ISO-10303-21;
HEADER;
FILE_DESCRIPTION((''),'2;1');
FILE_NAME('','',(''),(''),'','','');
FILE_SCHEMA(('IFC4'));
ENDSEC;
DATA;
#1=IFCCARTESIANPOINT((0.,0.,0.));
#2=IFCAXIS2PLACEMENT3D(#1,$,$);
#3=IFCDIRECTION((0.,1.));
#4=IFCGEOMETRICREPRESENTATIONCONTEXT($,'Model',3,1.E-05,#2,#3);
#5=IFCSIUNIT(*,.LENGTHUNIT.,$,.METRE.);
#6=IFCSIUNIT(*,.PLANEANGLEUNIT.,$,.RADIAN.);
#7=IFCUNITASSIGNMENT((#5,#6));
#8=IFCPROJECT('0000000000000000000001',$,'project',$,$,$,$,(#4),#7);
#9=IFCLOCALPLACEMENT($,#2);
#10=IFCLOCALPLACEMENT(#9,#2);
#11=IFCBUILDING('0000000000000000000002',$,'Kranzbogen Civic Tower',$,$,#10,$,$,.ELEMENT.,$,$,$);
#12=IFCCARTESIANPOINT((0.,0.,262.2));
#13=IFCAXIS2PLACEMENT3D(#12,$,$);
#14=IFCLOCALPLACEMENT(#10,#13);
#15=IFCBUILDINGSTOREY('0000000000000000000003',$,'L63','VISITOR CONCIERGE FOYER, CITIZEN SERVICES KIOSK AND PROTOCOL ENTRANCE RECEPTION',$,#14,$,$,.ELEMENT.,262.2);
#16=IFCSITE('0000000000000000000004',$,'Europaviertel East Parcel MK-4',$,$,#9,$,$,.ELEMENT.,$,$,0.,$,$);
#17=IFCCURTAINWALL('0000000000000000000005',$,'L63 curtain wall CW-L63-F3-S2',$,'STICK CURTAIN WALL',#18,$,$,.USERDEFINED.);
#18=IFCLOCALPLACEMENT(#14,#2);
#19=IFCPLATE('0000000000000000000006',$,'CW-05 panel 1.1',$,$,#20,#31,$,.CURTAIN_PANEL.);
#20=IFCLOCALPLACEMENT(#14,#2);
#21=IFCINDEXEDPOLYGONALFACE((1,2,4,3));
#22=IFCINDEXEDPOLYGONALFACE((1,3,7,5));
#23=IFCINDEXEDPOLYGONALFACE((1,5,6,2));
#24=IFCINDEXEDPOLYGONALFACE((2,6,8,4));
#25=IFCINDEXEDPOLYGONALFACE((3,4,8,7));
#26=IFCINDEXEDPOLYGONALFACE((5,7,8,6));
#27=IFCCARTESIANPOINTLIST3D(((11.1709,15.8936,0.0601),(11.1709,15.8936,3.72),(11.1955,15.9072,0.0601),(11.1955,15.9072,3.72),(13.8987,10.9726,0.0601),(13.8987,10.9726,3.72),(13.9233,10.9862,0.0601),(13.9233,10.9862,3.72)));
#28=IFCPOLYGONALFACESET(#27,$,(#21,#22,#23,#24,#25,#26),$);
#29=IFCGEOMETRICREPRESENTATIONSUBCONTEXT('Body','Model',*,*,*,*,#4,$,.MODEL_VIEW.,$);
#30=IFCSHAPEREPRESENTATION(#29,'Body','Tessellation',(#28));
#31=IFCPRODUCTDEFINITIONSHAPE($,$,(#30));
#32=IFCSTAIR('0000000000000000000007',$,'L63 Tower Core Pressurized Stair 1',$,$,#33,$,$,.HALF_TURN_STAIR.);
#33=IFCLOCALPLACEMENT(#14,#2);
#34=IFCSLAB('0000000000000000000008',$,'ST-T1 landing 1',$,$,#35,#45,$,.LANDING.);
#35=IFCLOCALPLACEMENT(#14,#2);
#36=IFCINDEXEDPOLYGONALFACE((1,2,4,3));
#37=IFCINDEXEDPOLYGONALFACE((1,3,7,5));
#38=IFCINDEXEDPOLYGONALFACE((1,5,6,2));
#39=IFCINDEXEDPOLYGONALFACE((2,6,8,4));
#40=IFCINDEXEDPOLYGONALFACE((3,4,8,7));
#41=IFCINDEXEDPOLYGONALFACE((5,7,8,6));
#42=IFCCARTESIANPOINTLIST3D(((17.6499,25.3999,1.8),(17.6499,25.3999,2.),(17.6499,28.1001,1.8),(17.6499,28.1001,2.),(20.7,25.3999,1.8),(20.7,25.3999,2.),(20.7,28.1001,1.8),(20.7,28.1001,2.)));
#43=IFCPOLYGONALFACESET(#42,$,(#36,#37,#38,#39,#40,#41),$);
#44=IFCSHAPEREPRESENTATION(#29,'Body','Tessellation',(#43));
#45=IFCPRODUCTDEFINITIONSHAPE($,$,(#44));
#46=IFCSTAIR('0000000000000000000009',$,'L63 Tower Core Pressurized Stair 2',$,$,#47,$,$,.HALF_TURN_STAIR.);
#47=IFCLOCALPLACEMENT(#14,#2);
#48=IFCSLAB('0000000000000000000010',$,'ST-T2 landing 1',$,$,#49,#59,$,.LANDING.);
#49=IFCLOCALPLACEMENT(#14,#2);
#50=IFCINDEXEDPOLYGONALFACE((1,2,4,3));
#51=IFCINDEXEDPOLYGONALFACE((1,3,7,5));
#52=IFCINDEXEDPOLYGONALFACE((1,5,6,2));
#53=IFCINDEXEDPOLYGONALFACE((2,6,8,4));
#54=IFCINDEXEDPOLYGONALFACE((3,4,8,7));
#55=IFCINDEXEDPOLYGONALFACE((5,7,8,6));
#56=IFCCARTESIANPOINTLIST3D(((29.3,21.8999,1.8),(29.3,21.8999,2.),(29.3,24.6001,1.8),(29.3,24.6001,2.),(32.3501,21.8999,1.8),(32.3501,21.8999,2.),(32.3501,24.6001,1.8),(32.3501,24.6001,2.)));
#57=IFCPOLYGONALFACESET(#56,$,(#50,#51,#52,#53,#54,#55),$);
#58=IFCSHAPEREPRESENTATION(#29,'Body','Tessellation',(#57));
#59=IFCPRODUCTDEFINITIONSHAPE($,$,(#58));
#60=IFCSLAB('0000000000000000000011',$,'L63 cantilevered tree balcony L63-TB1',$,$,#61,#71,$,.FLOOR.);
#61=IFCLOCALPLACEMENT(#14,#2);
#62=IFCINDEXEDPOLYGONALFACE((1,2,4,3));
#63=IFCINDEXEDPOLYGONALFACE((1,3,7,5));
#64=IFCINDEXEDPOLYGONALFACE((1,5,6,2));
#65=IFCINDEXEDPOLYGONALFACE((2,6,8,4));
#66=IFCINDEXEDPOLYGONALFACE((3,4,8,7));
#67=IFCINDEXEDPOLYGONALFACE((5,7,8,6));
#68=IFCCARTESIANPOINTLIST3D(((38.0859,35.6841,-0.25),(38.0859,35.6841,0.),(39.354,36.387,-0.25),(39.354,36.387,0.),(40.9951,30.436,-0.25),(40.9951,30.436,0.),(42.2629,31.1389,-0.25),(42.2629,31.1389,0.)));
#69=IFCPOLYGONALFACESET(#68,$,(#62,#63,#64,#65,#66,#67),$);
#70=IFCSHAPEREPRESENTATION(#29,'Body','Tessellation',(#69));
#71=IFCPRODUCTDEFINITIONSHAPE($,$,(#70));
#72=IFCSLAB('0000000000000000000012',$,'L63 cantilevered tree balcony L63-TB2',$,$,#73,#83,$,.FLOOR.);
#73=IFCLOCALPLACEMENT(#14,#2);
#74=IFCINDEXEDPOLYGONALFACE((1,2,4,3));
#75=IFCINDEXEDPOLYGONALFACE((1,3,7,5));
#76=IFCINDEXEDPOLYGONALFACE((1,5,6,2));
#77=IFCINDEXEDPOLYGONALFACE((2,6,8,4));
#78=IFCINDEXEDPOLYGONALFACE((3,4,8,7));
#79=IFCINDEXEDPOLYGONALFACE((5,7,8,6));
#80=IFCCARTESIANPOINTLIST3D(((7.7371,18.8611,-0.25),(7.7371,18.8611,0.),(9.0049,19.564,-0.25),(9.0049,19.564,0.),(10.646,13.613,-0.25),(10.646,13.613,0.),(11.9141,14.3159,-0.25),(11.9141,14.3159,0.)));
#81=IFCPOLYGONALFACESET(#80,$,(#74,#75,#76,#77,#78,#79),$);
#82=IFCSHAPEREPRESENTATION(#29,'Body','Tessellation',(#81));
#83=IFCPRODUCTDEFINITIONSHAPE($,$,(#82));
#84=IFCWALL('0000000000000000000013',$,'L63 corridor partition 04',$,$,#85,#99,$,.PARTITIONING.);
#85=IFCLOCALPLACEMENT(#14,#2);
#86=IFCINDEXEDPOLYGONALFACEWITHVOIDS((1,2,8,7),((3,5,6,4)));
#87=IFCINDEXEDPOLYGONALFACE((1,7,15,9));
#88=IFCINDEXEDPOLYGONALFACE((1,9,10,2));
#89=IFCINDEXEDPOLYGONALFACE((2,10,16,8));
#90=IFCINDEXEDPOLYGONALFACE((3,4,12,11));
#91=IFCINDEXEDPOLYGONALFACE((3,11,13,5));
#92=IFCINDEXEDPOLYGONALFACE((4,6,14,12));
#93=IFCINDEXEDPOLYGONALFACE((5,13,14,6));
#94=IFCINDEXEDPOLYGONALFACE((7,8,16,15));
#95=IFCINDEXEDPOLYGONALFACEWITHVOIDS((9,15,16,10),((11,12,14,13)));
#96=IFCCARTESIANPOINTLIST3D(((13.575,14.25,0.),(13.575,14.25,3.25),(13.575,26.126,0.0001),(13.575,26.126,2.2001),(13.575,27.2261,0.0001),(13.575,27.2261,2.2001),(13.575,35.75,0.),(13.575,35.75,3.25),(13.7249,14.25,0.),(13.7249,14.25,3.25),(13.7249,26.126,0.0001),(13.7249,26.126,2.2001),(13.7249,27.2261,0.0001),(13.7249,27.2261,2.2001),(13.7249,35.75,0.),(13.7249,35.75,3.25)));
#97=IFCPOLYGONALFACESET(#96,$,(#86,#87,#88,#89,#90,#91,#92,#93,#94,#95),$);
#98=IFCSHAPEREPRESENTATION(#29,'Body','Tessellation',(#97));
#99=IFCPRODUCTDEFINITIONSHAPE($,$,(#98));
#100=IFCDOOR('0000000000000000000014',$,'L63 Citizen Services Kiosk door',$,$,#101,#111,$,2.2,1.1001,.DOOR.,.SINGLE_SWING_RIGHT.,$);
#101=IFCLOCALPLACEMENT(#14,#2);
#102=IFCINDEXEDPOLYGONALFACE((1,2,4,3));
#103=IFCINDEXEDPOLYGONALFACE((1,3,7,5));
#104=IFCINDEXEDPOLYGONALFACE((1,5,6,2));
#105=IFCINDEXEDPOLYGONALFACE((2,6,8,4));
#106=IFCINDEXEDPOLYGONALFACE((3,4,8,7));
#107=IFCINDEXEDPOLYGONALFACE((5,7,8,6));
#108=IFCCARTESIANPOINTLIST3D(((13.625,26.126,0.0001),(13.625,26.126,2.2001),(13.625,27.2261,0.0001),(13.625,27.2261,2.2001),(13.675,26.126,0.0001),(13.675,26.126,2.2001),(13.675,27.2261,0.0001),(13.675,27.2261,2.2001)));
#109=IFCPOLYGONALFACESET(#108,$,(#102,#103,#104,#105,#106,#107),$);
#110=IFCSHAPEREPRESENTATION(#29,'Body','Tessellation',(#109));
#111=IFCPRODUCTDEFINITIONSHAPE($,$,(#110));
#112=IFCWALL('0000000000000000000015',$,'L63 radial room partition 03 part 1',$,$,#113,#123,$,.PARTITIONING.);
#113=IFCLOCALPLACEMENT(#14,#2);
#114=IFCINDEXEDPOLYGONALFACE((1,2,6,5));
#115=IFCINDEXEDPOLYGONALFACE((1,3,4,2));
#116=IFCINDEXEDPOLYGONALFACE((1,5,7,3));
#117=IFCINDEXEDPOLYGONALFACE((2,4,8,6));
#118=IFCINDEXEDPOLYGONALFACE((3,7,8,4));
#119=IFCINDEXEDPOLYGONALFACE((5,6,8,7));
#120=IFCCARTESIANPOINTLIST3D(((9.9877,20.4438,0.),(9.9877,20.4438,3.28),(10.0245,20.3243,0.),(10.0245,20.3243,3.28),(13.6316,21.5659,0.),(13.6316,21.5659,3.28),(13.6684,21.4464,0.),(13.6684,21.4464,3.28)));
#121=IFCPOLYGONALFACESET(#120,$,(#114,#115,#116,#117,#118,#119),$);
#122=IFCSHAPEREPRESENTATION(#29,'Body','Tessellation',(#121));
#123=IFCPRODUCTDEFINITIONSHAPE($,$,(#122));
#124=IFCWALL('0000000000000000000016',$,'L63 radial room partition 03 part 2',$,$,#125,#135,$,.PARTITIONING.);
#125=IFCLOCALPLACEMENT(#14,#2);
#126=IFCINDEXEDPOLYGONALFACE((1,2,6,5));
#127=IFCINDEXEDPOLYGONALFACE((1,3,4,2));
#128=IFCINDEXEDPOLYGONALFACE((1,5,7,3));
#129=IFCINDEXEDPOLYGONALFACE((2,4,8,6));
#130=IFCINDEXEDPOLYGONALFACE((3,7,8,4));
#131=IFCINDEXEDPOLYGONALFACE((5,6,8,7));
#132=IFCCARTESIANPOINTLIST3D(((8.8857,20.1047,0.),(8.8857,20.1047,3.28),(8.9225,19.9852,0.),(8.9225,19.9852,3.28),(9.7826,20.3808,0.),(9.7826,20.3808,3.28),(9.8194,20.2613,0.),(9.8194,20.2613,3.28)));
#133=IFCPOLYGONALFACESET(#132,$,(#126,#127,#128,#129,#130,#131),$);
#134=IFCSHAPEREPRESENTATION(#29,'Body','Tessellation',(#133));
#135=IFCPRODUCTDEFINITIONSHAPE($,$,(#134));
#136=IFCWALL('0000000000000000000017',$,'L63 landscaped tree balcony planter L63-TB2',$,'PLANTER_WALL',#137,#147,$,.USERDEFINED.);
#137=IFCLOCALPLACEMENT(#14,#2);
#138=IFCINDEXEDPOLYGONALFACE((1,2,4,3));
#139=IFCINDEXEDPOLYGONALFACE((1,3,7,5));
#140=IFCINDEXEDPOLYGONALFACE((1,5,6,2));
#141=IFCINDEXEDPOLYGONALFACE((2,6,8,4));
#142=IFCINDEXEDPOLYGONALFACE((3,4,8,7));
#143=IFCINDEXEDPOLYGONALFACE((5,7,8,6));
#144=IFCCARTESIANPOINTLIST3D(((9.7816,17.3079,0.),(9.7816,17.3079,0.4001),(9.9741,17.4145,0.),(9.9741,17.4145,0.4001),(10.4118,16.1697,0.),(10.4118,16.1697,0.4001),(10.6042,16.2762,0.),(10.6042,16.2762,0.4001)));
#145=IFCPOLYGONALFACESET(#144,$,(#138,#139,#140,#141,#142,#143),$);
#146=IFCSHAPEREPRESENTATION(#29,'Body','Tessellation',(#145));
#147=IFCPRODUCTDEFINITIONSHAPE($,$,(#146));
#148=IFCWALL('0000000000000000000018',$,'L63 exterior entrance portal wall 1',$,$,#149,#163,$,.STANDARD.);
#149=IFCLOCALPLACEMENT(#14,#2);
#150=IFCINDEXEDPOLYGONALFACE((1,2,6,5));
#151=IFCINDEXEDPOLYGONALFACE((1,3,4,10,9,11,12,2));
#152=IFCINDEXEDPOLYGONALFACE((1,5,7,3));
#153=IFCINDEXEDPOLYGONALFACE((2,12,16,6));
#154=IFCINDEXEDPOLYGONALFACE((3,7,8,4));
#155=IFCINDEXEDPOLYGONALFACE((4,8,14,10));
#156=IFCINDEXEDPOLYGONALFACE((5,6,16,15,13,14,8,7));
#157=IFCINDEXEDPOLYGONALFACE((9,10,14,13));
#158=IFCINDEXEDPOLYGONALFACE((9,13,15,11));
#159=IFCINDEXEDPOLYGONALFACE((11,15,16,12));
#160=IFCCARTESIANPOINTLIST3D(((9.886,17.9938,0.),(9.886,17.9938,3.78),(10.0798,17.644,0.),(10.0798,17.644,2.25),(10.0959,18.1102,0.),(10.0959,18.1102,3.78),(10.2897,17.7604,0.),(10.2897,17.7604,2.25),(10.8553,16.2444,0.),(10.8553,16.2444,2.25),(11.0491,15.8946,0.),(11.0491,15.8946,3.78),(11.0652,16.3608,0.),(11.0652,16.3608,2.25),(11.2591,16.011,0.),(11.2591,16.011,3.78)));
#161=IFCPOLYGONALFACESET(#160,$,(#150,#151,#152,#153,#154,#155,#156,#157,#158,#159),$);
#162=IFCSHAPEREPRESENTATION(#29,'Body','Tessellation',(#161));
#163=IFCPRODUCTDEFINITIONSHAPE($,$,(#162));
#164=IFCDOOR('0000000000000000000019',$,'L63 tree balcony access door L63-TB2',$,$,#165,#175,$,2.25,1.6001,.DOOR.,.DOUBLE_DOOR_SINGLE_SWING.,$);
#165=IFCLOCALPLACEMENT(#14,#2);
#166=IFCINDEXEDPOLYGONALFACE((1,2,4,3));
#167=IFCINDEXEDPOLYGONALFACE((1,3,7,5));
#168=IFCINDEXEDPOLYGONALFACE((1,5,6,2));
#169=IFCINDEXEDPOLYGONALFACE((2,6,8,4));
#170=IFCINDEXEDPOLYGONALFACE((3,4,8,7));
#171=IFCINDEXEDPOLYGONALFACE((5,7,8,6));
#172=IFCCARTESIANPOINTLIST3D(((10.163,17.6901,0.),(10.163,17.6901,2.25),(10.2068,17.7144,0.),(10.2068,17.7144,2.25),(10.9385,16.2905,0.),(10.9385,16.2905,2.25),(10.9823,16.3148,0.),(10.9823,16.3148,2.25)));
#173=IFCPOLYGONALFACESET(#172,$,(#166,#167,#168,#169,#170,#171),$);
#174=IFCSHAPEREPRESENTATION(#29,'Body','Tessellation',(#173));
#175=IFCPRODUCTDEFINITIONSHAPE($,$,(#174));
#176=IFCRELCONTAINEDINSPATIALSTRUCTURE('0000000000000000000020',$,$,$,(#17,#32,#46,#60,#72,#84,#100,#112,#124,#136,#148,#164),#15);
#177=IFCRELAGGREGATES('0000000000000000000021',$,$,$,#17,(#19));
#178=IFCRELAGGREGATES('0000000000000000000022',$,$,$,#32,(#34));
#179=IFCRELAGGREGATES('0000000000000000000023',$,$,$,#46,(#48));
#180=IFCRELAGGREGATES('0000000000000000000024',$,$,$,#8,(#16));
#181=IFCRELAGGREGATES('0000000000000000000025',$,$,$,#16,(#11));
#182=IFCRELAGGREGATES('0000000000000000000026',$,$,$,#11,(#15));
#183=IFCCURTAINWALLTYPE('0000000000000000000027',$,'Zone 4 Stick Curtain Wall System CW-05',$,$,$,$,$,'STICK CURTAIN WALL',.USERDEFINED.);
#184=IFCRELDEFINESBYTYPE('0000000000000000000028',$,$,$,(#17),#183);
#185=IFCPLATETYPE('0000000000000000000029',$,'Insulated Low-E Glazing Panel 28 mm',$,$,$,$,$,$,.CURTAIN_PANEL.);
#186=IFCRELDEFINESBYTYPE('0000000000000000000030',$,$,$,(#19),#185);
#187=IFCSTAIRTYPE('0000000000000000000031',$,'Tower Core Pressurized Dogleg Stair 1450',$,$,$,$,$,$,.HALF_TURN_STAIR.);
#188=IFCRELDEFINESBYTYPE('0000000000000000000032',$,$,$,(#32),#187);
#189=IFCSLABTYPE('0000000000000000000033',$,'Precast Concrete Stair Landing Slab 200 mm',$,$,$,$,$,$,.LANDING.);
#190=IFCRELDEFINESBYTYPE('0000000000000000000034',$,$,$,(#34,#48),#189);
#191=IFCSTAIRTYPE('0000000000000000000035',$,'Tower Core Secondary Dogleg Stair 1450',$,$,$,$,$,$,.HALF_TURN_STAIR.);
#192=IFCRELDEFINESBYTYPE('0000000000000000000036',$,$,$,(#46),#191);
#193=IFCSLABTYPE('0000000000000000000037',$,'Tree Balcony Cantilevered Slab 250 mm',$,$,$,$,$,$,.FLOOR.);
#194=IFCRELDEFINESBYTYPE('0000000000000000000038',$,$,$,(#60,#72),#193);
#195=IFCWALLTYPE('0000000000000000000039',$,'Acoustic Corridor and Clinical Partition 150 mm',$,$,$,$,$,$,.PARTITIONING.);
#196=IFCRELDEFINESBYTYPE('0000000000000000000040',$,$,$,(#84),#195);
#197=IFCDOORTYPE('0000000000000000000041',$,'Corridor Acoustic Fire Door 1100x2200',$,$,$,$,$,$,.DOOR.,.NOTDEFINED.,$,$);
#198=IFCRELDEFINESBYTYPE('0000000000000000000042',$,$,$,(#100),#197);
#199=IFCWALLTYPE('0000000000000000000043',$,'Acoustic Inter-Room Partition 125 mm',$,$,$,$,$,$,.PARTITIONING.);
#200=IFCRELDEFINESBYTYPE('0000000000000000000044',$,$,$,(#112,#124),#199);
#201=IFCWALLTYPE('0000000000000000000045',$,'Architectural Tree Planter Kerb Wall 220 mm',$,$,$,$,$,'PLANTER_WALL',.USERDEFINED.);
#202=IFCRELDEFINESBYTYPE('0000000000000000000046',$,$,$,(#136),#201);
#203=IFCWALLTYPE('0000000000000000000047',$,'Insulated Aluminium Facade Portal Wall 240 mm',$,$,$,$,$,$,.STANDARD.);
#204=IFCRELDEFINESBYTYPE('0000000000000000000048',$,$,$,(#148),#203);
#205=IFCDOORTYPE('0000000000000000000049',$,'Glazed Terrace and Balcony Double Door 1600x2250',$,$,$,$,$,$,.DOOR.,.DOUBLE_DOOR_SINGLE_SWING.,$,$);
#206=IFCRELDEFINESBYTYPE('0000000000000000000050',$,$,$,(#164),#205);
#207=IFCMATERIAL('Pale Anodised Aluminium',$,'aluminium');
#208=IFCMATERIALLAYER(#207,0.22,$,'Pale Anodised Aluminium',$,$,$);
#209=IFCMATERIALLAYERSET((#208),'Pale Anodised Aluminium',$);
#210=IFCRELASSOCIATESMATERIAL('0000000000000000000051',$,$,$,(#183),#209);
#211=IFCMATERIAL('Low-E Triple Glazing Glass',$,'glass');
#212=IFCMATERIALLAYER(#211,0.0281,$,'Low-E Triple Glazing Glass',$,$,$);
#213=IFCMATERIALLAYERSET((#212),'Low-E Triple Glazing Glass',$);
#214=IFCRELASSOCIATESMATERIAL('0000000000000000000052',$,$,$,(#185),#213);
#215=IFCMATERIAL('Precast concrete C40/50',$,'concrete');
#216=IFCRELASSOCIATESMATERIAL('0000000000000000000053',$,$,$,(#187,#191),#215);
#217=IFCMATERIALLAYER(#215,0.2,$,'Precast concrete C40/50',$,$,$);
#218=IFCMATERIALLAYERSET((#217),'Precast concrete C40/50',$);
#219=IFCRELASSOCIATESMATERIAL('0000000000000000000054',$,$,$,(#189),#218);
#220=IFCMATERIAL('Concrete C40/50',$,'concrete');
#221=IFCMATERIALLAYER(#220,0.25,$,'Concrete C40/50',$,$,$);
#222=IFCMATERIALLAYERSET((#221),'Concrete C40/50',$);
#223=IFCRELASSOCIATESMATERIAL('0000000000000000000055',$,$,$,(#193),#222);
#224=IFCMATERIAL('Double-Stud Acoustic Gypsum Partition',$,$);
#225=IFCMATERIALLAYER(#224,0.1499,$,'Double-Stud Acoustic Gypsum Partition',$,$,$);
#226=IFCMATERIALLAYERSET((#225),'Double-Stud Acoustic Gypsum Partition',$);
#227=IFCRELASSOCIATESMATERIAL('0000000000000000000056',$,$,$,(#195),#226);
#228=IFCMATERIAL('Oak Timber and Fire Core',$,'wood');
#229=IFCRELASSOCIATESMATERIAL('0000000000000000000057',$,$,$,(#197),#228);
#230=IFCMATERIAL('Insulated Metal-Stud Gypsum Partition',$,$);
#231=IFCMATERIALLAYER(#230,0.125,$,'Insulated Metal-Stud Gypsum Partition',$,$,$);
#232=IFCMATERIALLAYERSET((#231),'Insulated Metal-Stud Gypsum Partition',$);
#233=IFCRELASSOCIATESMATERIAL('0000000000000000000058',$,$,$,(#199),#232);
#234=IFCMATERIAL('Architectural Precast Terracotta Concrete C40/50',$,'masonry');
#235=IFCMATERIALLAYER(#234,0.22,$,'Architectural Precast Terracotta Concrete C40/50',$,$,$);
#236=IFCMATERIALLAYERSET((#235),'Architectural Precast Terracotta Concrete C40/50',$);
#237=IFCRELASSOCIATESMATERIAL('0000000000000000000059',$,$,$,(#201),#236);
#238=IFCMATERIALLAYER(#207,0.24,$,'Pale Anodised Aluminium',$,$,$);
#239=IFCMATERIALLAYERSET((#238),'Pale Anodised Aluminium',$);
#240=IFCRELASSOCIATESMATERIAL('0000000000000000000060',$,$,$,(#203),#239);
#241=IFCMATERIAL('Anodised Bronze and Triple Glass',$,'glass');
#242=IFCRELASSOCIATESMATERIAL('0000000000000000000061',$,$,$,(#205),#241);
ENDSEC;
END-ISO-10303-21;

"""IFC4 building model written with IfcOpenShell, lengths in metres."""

from ifc_helpers import new_model, si_unit, direction, frame, frame_2d, origin, origin_2d, place, context, subcontext, project, spatial, polyline, rectangle, outline, extrude, material, layer, layer_set, type_object, element, fill, aggregate, save


model = new_model("IFC4")

# Units and contexts
model_context = context("Model", 3, precision=1e-05, world=origin(), true_north=direction((0.0, 1.0)))
body_context = subcontext(model_context, "Body", "Model", "MODEL_VIEW")
ifc_project = project(units=[si_unit("LENGTHUNIT", "METRE"), si_unit("PLANEANGLEUNIT", "RADIAN")], contexts=[model_context])

# Site, building, storey
site_placement = place(None, origin())
site = spatial("IfcSite", under=ifc_project, at=site_placement, Name="Europaviertel East Parcel MK-4", CompositionType="ELEMENT", RefElevation=0.0)
building_placement = place(site_placement, origin())
building = spatial("IfcBuilding", under=site, at=building_placement, Name="Kranzbogen Civic Tower", CompositionType="ELEMENT")
storey_placement = place(building_placement, frame((0.0, 0.0, 262.2)))
storey = spatial("IfcBuildingStorey", under=building, at=storey_placement, Name="L63", Description="VISITOR CONCIERGE FOYER, CITIZEN SERVICES KIOSK AND PROTOCOL ENTRANCE RECEPTION", CompositionType="ELEMENT", Elevation=262.2)

# Shared definitions
ifc_material_1 = material(Name="Pale Anodised Aluminium", Category="aluminium")
ifc_layer_1 = layer(ifc_material_1, 0.22, Name="Pale Anodised Aluminium")
ifc_layer_set_1 = layer_set([ifc_layer_1], Name="Pale Anodised Aluminium")
curtain_wall_type = type_object("IfcCurtainWallType", Name="Zone 4 Stick Curtain Wall System CW-05", ElementType="STICK CURTAIN WALL", PredefinedType="USERDEFINED", material=ifc_layer_set_1)

# Curtain wall
curtain_wall_1_placement = place(storey_placement, origin())
curtain_wall_1 = element("IfcCurtainWall", 1, at=curtain_wall_1_placement, inside=storey, type_object=curtain_wall_type, Name="L63 curtain wall CW-L63-F3-S2", ObjectType="STICK CURTAIN WALL", PredefinedType="USERDEFINED")

# Shared definitions
ifc_material_2 = material(Name="Concrete C40/50", Category="concrete")

# Plate
ifc_material_3 = material(Name="Low-E Triple Glazing Glass", Category="glass")
ifc_layer_2 = layer(ifc_material_3, 0.0281, Name="Low-E Triple Glazing Glass")
ifc_layer_set_2 = layer_set([ifc_layer_2], Name="Low-E Triple Glazing Glass")
plate_type = type_object("IfcPlateType", Name="Insulated Low-E Glazing Panel 28 mm", PredefinedType="CURTAIN_PANEL", material=ifc_layer_set_2)
plate_1_placement = place(storey_placement, frame((12.5471, 13.4399, 0.0601), z_axis=(0.0, 0.0, 1.0), x_axis=(0.484815, -0.874617, 0.0)))
plate_1 = element("IfcPlate", 2, at=plate_1_placement, type_object=plate_type, Name="CW-05 panel 1.1", PredefinedType="CURTAIN_PANEL", context=body_context, shape_type="SweptSolid", body=[
    extrude(rectangle(XDim=5.6265, YDim=0.0281, at=origin_2d()), origin(), (0.0, 0.0, 1.0), 3.6599),
])
aggregate(curtain_wall_1, [plate_1])

# Stairs, slabs
ifc_material_4 = material(Name="Precast concrete C40/50", Category="concrete")
stair_type_1 = type_object("IfcStairType", Name="Tower Core Pressurized Dogleg Stair 1450", PredefinedType="HALF_TURN_STAIR", material=ifc_material_4)
stair_1_placement = place(storey_placement, origin())
stair_1 = element("IfcStair", 3, at=stair_1_placement, inside=storey, type_object=stair_type_1, Name="L63 Tower Core Pressurized Stair 1", PredefinedType="HALF_TURN_STAIR")
ifc_layer_3 = layer(ifc_material_4, 0.2, Name="Precast concrete C40/50")
ifc_layer_set_3 = layer_set([ifc_layer_3], Name="Precast concrete C40/50")
slab_type_1 = type_object("IfcSlabType", Name="Precast Concrete Stair Landing Slab 200 mm", PredefinedType="LANDING", material=ifc_layer_set_3)
slab_1_placement = place(storey_placement, frame((0.0, 0.0, 1.8)))
slab_1 = element("IfcSlab", 4, at=slab_1_placement, type_object=slab_type_1, Name="ST-T1 landing 1", PredefinedType="LANDING", context=body_context, shape_type="SweptSolid", body=[
    extrude(outline(polyline([(20.7, 25.3999), (20.7, 28.1001), (17.6499, 28.1001), (17.6499, 25.3999), (20.7, 25.3999)])), origin(), (0.0, 0.0, 1.0), 0.2),
])
aggregate(stair_1, [slab_1])
stair_type_2 = type_object("IfcStairType", Name="Tower Core Secondary Dogleg Stair 1450", PredefinedType="HALF_TURN_STAIR", material=ifc_material_4)
stair_2_placement = place(storey_placement, origin())
stair_2 = element("IfcStair", 5, at=stair_2_placement, inside=storey, type_object=stair_type_2, Name="L63 Tower Core Pressurized Stair 2", PredefinedType="HALF_TURN_STAIR")
slab_2_placement = place(storey_placement, frame((0.0, 0.0, 1.8)))
slab_2 = element("IfcSlab", 6, at=slab_2_placement, type_object=slab_type_1, Name="ST-T2 landing 1", PredefinedType="LANDING", context=body_context, shape_type="SweptSolid", body=[
    extrude(outline(polyline([(29.3, 24.6001), (29.3, 21.8999), (32.3501, 21.8999), (32.3501, 24.6001), (29.3, 24.6001)])), origin(), (0.0, 0.0, 1.0), 0.2),
])
aggregate(stair_2, [slab_2])

# Slabs
ifc_layer_4 = layer(ifc_material_2, 0.25, Name="Concrete C40/50")
ifc_layer_set_4 = layer_set([ifc_layer_4], Name="Concrete C40/50")
slab_type_2 = type_object("IfcSlabType", Name="Tree Balcony Cantilevered Slab 250 mm", PredefinedType="FLOOR", material=ifc_layer_set_4)
slab_3_placement = place(storey_placement, frame((0.0, 0.0, -0.25)))
element("IfcSlab", 7, at=slab_3_placement, inside=storey, type_object=slab_type_2, Name="L63 cantilevered tree balcony L63-TB1", PredefinedType="FLOOR", context=body_context, shape_type="SweptSolid", body=[
    extrude(outline(polyline([(40.9951, 30.436), (38.0859, 35.6841), (39.354, 36.387), (42.2629, 31.1389), (40.9951, 30.436)])), origin(), (0.0, 0.0, 1.0), 0.25),
])
slab_4_placement = place(storey_placement, frame((0.0, 0.0, -0.25)))
element("IfcSlab", 8, at=slab_4_placement, inside=storey, type_object=slab_type_2, Name="L63 cantilevered tree balcony L63-TB2", PredefinedType="FLOOR", context=body_context, shape_type="SweptSolid", body=[
    extrude(outline(polyline([(9.0049, 19.564), (11.9141, 14.3159), (10.646, 13.613), (7.7371, 18.8611), (9.0049, 19.564)])), origin(), (0.0, 0.0, 1.0), 0.25),
])

# Wall, opening, door
ifc_material_5 = material(Name="Double-Stud Acoustic Gypsum Partition")
ifc_layer_5 = layer(ifc_material_5, 0.1499, Name="Double-Stud Acoustic Gypsum Partition")
ifc_layer_set_5 = layer_set([ifc_layer_5], Name="Double-Stud Acoustic Gypsum Partition")
wall_type_1 = type_object("IfcWallType", Name="Acoustic Corridor and Clinical Partition 150 mm", PredefinedType="PARTITIONING", material=ifc_layer_set_5)
wall_1_placement = place(storey_placement, frame((13.6499, 14.25, 0.0), z_axis=(0.0, 0.0, 1.0), x_axis=(0.0, 1.0, 0.0)))
wall_1 = element("IfcWall", 9, at=wall_1_placement, inside=storey, type_object=wall_type_1, Name="L63 corridor partition 04", PredefinedType="PARTITIONING", context=body_context, shape_type="SweptSolid", body=[
    extrude(rectangle(XDim=21.5, YDim=0.1499, at=frame_2d((10.75, 0.0))), origin(), (0.0, 0.0, 1.0), 3.25),
])
opening_1_placement = place(wall_1_placement, frame((11.876, 0.0, 0.0)))
opening_1 = element("IfcOpeningElement", 10, at=opening_1_placement, cuts=wall_1, PredefinedType="OPENING", context=body_context, shape_type="SweptSolid", body=[
    extrude(rectangle(XDim=1.1001, YDim=2.2, at=frame_2d((0.55, 1.1001))), frame((0.0, 0.085, 0.0), z_axis=(0.0, -1.0, 0.0), x_axis=(1.0, 0.0, 0.0)), (0.0, 0.0, 1.0), 0.1699),
])
ifc_material_6 = material(Name="Oak Timber and Fire Core", Category="wood")
door_type_1 = type_object("IfcDoorType", Name="Corridor Acoustic Fire Door 1100x2200", OperationType="NOTDEFINED", PredefinedType="DOOR", material=ifc_material_6)
door_1_placement = place(opening_1_placement, origin())
door_1 = element("IfcDoor", 11, at=door_1_placement, inside=storey, type_object=door_type_1, Name="L63 Citizen Services Kiosk door", OperationType="SINGLE_SWING_RIGHT", OverallHeight=2.2, OverallWidth=1.1001, PredefinedType="DOOR", context=body_context, shape_type="SweptSolid", body=[
    extrude(rectangle(XDim=1.1001, YDim=2.2, at=frame_2d((0.55, 1.1001))), frame((0.0, 0.0249, 0.0), z_axis=(0.0, -1.0, 0.0), x_axis=(1.0, 0.0, 0.0)), (0.0, 0.0, 1.0), 0.05),
])
fill(opening_1, door_1)

# Walls
ifc_material_7 = material(Name="Insulated Metal-Stud Gypsum Partition")
ifc_layer_6 = layer(ifc_material_7, 0.125, Name="Insulated Metal-Stud Gypsum Partition")
ifc_layer_set_6 = layer_set([ifc_layer_6], Name="Insulated Metal-Stud Gypsum Partition")
wall_type_2 = type_object("IfcWallType", Name="Acoustic Inter-Room Partition 125 mm", PredefinedType="PARTITIONING", material=ifc_layer_set_6)
wall_2_placement = place(storey_placement, frame((13.6499, 21.5061, 0.0), z_axis=(0.0, 0.0, 1.0), x_axis=(-0.955713, -0.294302, 0.0)))
element("IfcWall", 12, at=wall_2_placement, inside=storey, type_object=wall_type_2, Name="L63 radial room partition 03 part 1", PredefinedType="PARTITIONING", context=body_context, shape_type="SweptSolid", body=[
    extrude(rectangle(XDim=3.8127, YDim=0.125, at=frame_2d((1.9062, 0.0))), origin(), (0.0, 0.0, 1.0), 3.28),
])
wall_3_placement = place(storey_placement, frame((9.801, 20.321, 0.0), z_axis=(0.0, 0.0, 1.0), x_axis=(-0.95574, -0.294214, 0.0)))
element("IfcWall", 13, at=wall_3_placement, inside=storey, type_object=wall_type_2, Name="L63 radial room partition 03 part 2", PredefinedType="PARTITIONING", context=body_context, shape_type="SweptSolid", body=[
    extrude(rectangle(XDim=0.9385, YDim=0.125, at=frame_2d((0.4692, 0.0))), origin(), (0.0, 0.0, 1.0), 3.28),
])
ifc_material_8 = material(Name="Architectural Precast Terracotta Concrete C40/50", Category="masonry")
ifc_layer_7 = layer(ifc_material_8, 0.22, Name="Architectural Precast Terracotta Concrete C40/50")
ifc_layer_set_7 = layer_set([ifc_layer_7], Name="Architectural Precast Terracotta Concrete C40/50")
wall_type_3 = type_object("IfcWallType", Name="Architectural Tree Planter Kerb Wall 220 mm", ElementType="PLANTER_WALL", PredefinedType="USERDEFINED", material=ifc_layer_set_7)
wall_4_placement = place(storey_placement, frame((9.8779, 17.3611, 0.0), z_axis=(0.0, 0.0, 1.0), x_axis=(0.484352, -0.874873, 0.0)))
element("IfcWall", 14, at=wall_4_placement, inside=storey, type_object=wall_type_3, Name="L63 landscaped tree balcony planter L63-TB2", ObjectType="PLANTER_WALL", PredefinedType="USERDEFINED", context=body_context, shape_type="SweptSolid", body=[
    extrude(rectangle(XDim=1.301, YDim=0.22, at=frame_2d((0.6504, 0.0))), origin(), (0.0, 0.0, 1.0), 0.4001),
])

# Wall, opening, door
ifc_layer_8 = layer(ifc_material_1, 0.24, Name="Pale Anodised Aluminium")
ifc_layer_set_8 = layer_set([ifc_layer_8], Name="Pale Anodised Aluminium")
wall_type_4 = type_object("IfcWallType", Name="Insulated Aluminium Facade Portal Wall 240 mm", PredefinedType="STANDARD", material=ifc_layer_set_8)
wall_5_placement = place(storey_placement, frame((9.991, 18.052, 0.0), z_axis=(0.0, 0.0, 1.0), x_axis=(0.484658, -0.874704, 0.0)))
wall_5 = element("IfcWall", 15, at=wall_5_placement, inside=storey, type_object=wall_type_4, Name="L63 exterior entrance portal wall 1", PredefinedType="STANDARD", context=body_context, shape_type="SweptSolid", body=[
    extrude(rectangle(XDim=2.3999, YDim=0.24, at=frame_2d((1.2, 0.0))), origin(), (0.0, 0.0, 1.0), 3.78),
])
opening_2_placement = place(wall_5_placement, frame((0.3999, 0.0, 0.0)))
opening_2 = element("IfcOpeningElement", 16, at=opening_2_placement, cuts=wall_5, PredefinedType="OPENING", context=body_context, shape_type="SweptSolid", body=[
    extrude(rectangle(XDim=1.6001, YDim=2.25, at=frame_2d((0.8, 1.125))), frame((0.0, 0.1299, 0.0), z_axis=(0.0, -1.0, 0.0), x_axis=(1.0, 0.0, 0.0)), (0.0, 0.0, 1.0), 0.26),
])
ifc_material_9 = material(Name="Anodised Bronze and Triple Glass", Category="glass")
door_type_2 = type_object("IfcDoorType", Name="Glazed Terrace and Balcony Double Door 1600x2250", OperationType="DOUBLE_DOOR_SINGLE_SWING", PredefinedType="DOOR", material=ifc_material_9)
door_2_placement = place(opening_2_placement, frame((1.6001, 0.0, 0.0), z_axis=(0.0, 0.0, 1.0), x_axis=(-1.0, 0.0, 0.0)))
door_2 = element("IfcDoor", 17, at=door_2_placement, inside=storey, type_object=door_type_2, Name="L63 tree balcony access door L63-TB2", OperationType="DOUBLE_DOOR_SINGLE_SWING", OverallHeight=2.25, OverallWidth=1.6001, PredefinedType="DOOR", context=body_context, shape_type="SweptSolid", body=[
    extrude(rectangle(XDim=1.6001, YDim=2.25, at=frame_2d((0.8, 1.125))), frame((0.0, 0.0249, 0.0), z_axis=(0.0, -1.0, 0.0), x_axis=(1.0, 0.0, 0.0)), (0.0, 0.0, 1.0), 0.05),
])
fill(opening_2, door_2)

save(model, "model.ifc")
